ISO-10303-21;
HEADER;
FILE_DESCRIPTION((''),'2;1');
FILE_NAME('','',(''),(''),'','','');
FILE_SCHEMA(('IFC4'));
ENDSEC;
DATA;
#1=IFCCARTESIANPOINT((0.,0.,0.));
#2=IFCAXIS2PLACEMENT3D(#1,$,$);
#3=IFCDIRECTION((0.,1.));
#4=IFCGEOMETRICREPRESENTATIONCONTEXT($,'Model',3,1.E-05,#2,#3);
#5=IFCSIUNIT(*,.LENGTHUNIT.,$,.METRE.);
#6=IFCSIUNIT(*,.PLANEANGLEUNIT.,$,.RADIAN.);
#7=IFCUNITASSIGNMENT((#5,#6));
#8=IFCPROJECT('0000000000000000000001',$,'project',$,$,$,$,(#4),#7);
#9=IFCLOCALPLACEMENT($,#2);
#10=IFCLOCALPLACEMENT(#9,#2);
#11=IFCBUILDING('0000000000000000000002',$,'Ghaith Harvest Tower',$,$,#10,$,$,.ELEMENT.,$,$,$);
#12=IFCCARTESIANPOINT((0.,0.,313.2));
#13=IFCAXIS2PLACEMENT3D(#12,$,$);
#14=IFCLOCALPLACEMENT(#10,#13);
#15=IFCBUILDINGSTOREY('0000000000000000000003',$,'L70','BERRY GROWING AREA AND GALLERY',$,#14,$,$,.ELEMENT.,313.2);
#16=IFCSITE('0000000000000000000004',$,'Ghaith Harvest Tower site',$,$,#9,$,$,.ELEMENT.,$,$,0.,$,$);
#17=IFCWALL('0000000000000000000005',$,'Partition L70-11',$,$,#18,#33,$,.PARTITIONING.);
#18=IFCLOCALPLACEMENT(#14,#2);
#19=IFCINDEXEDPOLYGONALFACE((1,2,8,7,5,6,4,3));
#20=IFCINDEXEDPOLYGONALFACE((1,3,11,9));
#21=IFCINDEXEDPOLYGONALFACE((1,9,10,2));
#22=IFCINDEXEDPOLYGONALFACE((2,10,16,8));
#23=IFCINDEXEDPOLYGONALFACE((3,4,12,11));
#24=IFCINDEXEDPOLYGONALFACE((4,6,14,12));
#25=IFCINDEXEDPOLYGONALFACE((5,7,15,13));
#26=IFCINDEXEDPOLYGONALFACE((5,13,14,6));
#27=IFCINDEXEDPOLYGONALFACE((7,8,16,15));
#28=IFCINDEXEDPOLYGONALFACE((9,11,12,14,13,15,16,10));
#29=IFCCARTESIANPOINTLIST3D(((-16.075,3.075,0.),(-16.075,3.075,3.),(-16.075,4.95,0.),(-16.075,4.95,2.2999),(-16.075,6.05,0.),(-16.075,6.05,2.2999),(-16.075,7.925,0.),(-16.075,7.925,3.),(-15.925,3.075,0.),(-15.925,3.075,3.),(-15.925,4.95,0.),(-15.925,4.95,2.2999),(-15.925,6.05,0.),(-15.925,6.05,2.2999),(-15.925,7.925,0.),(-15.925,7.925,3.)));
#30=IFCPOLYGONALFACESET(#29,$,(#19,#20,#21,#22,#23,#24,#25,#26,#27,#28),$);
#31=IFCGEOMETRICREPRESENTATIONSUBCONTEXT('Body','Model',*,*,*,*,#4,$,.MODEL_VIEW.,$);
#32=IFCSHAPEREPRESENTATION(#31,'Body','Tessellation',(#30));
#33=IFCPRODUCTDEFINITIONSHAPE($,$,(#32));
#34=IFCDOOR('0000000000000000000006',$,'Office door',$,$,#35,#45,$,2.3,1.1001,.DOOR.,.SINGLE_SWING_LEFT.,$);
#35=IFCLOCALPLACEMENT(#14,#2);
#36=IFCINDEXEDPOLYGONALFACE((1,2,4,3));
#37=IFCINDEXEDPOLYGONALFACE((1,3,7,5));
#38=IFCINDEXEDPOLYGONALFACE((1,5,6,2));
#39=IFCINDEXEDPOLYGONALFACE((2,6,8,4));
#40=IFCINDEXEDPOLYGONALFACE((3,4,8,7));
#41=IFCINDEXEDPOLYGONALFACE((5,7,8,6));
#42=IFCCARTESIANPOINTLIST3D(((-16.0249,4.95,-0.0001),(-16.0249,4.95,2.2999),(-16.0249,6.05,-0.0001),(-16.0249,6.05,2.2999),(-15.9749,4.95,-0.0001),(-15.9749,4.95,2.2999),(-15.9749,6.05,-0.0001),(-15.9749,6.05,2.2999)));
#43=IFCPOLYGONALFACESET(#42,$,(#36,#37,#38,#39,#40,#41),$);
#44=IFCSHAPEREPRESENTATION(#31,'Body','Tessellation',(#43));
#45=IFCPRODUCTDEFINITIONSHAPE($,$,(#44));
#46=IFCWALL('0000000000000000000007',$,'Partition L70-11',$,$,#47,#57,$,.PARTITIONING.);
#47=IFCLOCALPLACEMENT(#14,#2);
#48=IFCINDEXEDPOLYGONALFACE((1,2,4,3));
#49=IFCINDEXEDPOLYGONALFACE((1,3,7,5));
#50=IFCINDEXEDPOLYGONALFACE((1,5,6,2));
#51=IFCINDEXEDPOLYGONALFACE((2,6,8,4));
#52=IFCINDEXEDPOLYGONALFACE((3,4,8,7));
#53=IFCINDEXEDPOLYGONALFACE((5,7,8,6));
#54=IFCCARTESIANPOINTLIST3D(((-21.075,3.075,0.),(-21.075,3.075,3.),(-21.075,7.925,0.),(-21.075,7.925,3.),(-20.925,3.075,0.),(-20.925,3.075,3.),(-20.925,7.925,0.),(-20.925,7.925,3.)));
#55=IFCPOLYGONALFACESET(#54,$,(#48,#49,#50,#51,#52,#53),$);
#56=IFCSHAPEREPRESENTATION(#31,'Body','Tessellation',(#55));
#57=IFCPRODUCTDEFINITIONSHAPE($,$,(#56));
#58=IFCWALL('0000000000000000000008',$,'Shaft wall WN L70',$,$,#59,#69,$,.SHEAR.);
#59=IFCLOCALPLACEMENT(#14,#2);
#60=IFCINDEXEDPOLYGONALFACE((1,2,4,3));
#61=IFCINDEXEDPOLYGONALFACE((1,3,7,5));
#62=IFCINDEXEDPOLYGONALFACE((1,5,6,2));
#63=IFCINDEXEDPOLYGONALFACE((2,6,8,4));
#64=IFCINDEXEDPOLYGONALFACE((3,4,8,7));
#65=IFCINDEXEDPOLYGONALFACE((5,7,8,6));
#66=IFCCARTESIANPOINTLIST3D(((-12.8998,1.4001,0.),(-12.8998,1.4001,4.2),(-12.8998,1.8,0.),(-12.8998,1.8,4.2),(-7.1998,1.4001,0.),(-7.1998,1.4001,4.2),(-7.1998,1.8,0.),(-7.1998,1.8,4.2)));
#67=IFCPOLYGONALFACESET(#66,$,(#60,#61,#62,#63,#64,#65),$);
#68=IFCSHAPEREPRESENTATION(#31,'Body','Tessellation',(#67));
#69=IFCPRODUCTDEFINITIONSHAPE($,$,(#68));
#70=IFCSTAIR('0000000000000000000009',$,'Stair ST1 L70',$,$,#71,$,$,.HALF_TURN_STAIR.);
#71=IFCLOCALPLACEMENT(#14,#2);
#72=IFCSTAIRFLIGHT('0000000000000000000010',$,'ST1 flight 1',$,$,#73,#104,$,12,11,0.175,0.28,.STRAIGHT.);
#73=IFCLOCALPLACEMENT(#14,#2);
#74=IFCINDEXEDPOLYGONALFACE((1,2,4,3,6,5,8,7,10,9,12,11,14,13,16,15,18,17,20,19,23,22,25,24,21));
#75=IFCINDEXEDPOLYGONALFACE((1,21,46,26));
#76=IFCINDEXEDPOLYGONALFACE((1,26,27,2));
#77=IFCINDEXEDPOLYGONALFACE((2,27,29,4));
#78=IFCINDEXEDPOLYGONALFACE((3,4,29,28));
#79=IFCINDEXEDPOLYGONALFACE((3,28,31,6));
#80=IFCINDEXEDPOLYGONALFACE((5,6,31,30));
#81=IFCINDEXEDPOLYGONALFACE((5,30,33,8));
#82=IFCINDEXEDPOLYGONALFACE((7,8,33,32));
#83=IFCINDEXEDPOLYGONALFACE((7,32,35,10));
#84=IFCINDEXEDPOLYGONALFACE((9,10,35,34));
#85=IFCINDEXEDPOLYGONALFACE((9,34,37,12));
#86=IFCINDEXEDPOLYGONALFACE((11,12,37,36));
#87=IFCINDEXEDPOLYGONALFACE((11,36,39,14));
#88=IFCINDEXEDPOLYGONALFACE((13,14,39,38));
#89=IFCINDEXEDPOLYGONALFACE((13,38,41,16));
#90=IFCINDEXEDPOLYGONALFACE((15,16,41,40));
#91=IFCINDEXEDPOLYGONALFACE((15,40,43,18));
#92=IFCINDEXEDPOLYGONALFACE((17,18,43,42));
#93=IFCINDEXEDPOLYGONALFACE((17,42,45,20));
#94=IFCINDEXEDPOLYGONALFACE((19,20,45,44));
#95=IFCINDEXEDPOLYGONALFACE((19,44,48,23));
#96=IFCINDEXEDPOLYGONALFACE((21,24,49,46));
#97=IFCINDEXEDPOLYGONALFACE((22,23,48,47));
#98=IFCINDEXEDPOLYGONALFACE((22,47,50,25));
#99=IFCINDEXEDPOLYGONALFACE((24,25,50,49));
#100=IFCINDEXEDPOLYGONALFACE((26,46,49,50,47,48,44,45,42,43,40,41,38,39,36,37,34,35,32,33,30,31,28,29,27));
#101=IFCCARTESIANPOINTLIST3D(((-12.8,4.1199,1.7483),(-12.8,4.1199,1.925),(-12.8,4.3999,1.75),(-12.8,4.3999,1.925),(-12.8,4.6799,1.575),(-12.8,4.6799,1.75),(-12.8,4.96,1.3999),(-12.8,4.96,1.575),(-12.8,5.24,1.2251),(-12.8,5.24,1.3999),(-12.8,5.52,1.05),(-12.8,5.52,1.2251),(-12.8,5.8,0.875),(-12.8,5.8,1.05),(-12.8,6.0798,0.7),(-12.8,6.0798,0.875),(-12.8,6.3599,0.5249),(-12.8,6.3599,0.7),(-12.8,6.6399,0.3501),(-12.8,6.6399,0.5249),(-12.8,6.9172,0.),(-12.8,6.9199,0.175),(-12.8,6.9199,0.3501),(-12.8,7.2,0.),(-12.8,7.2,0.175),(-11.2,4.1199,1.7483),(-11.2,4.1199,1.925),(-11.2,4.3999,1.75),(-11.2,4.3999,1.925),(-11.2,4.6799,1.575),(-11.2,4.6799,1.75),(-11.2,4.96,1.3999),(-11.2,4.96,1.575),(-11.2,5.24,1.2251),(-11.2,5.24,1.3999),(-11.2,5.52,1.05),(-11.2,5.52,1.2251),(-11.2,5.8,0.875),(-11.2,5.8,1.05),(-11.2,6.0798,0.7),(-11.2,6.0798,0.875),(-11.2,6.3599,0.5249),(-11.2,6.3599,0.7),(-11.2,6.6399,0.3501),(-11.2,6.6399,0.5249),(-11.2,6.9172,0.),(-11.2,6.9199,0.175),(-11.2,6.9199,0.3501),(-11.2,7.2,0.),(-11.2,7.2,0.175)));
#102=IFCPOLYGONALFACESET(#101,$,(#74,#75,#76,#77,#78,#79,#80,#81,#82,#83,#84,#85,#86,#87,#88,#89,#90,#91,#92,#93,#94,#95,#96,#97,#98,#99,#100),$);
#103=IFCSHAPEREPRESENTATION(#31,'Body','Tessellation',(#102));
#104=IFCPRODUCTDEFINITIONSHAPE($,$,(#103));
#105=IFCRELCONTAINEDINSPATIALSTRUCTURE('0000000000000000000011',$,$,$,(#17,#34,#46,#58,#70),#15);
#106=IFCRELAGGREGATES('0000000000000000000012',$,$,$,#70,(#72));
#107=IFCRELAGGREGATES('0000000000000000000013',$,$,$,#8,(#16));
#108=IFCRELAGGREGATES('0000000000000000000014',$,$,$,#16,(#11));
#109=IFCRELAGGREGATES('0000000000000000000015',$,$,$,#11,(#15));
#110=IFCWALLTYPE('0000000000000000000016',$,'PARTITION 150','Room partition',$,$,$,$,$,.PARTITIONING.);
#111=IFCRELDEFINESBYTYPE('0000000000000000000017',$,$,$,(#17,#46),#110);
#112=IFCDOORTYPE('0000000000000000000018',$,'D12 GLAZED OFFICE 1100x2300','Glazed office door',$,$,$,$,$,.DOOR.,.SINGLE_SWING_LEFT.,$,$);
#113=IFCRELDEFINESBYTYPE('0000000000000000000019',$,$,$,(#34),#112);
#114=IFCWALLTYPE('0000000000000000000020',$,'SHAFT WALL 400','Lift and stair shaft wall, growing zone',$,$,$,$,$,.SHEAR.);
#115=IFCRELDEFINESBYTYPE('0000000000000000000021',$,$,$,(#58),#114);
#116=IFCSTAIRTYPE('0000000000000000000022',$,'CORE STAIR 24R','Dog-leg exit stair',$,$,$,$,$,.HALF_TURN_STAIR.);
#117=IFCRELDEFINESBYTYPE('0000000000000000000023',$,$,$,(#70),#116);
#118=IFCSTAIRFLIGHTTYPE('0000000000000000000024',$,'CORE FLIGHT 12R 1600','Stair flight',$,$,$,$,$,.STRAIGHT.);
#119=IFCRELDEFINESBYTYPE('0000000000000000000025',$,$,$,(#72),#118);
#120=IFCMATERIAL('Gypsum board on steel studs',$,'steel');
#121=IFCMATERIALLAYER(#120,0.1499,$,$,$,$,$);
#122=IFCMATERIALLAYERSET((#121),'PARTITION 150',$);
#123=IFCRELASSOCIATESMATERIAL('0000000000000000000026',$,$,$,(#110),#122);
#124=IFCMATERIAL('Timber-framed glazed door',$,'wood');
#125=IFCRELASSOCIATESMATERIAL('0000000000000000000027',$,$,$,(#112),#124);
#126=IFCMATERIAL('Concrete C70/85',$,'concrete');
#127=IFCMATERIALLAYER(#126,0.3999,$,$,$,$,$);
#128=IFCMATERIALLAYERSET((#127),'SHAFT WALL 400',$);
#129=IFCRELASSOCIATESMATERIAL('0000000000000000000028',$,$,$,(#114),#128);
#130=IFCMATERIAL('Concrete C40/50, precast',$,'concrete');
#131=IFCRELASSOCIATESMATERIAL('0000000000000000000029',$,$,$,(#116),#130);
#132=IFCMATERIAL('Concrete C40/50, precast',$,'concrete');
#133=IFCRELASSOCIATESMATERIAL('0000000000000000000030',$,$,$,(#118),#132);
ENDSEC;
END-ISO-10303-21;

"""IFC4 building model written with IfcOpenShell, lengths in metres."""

from ifc_helpers import new_model, si_unit, direction, frame, frame_2d, origin, place, context, subcontext, project, spatial, polyline, rectangle, outline, extrude, material, layer, layer_set, type_object, element, fill, aggregate, save


model = new_model("IFC4")

# Units and contexts
model_context = context("Model", 3, precision=1e-05, world=origin(), true_north=direction((0.0, 1.0)))
body_context = subcontext(model_context, "Body", "Model", "MODEL_VIEW")
ifc_project = project(units=[si_unit("LENGTHUNIT", "METRE"), si_unit("PLANEANGLEUNIT", "RADIAN")], contexts=[model_context])

# Site, building, storey
site_placement = place(None, origin())
site = spatial("IfcSite", under=ifc_project, at=site_placement, Name="Ghaith Harvest Tower site", CompositionType="ELEMENT", RefElevation=0.0)
building_placement = place(site_placement, origin())
building = spatial("IfcBuilding", under=site, at=building_placement, Name="Ghaith Harvest Tower", CompositionType="ELEMENT")
storey_placement = place(building_placement, frame((0.0, 0.0, 313.2)))
storey = spatial("IfcBuildingStorey", under=building, at=storey_placement, Name="L70", Description="BERRY GROWING AREA AND GALLERY", CompositionType="ELEMENT", Elevation=313.2)

# Shared definitions
ifc_material_1 = material(Name="Gypsum board on steel studs", Category="steel")
ifc_layer_1 = layer(ifc_material_1, 0.1499)
ifc_layer_set_1 = layer_set([ifc_layer_1], Name="PARTITION 150")
wall_type_1 = type_object("IfcWallType", Name="PARTITION 150", Description="Room partition", PredefinedType="PARTITIONING", material=ifc_layer_set_1)

# Wall, opening, door
wall_1_placement = place(storey_placement, frame((-16.0, 3.075, 0.0), z_axis=(0.0, 0.0, 1.0), x_axis=(0.0, 1.0, 0.0)))
wall_1 = element("IfcWall", 1, at=wall_1_placement, inside=storey, type_object=wall_type_1, Name="Partition L70-11", PredefinedType="PARTITIONING", context=body_context, shape_type="SweptSolid", body=[
    extrude(rectangle(XDim=4.8501, YDim=0.1499, at=frame_2d((2.425, 0.0))), origin(), (0.0, 0.0, 1.0), 3.0),
])
opening_placement = place(wall_1_placement, frame((1.875, 0.0, 0.0)))
opening = element("IfcOpeningElement", 2, at=opening_placement, cuts=wall_1, PredefinedType="OPENING", context=body_context, shape_type="SweptSolid", body=[
    extrude(rectangle(XDim=1.1001, YDim=2.3, at=frame_2d((0.55, 1.1499))), frame((0.0, 0.085, 0.0), z_axis=(0.0, -1.0, 0.0), x_axis=(1.0, 0.0, 0.0)), (0.0, 0.0, 1.0), 0.1699),
])
ifc_material_2 = material(Name="Timber-framed glazed door", Category="wood")
door_type = type_object("IfcDoorType", Name="D12 GLAZED OFFICE 1100x2300", Description="Glazed office door", OperationType="SINGLE_SWING_LEFT", PredefinedType="DOOR", material=ifc_material_2)
door_placement = place(opening_placement, origin())
door = element("IfcDoor", 3, at=door_placement, inside=storey, type_object=door_type, Name="Office door", OperationType="SINGLE_SWING_LEFT", OverallHeight=2.3, OverallWidth=1.1001, PredefinedType="DOOR", context=body_context, shape_type="SweptSolid", body=[
    extrude(rectangle(XDim=1.1001, YDim=2.3, at=frame_2d((0.55, 1.1499))), frame((0.0, 0.0249, 0.0), z_axis=(0.0, -1.0, 0.0), x_axis=(1.0, 0.0, 0.0)), (0.0, 0.0, 1.0), 0.05),
])
fill(opening, door)

# Walls
wall_2_placement = place(storey_placement, frame((-21.0, 3.075, 0.0), z_axis=(0.0, 0.0, 1.0), x_axis=(0.0, 1.0, 0.0)))
element("IfcWall", 4, at=wall_2_placement, inside=storey, type_object=wall_type_1, Name="Partition L70-11", PredefinedType="PARTITIONING", context=body_context, shape_type="SweptSolid", body=[
    extrude(rectangle(XDim=4.8501, YDim=0.1499, at=frame_2d((2.425, 0.0))), origin(), (0.0, 0.0, 1.0), 3.0),
])
ifc_material_3 = material(Name="Concrete C70/85", Category="concrete")
ifc_layer_2 = layer(ifc_material_3, 0.3999)
ifc_layer_set_2 = layer_set([ifc_layer_2], Name="SHAFT WALL 400")
wall_type_2 = type_object("IfcWallType", Name="SHAFT WALL 400", Description="Lift and stair shaft wall, growing zone", PredefinedType="SHEAR", material=ifc_layer_set_2)
wall_3_placement = place(storey_placement, frame((-12.8999, 1.6001, 0.0), z_axis=(0.0, 0.0, 1.0), x_axis=(1.0, 0.0, 0.0)))
element("IfcWall", 5, at=wall_3_placement, inside=storey, type_object=wall_type_2, Name="Shaft wall WN L70", PredefinedType="SHEAR", context=body_context, shape_type="SweptSolid", body=[
    extrude(rectangle(XDim=5.7, YDim=0.3999, at=frame_2d((2.8501, 0.0))), origin(), (0.0, 0.0, 1.0), 4.2),
])

# Stair, stair flight
ifc_material_4 = material(Name="Concrete C40/50, precast", Category="concrete")
stair_type = type_object("IfcStairType", Name="CORE STAIR 24R", Description="Dog-leg exit stair", PredefinedType="HALF_TURN_STAIR", material=ifc_material_4)
stair_placement = place(storey_placement, origin())
stair = element("IfcStair", 6, at=stair_placement, inside=storey, type_object=stair_type, Name="Stair ST1 L70", PredefinedType="HALF_TURN_STAIR")
ifc_material_5 = material(Name="Concrete C40/50, precast", Category="concrete")
stair_flight_type = type_object("IfcStairFlightType", Name="CORE FLIGHT 12R 1600", Description="Stair flight", PredefinedType="STRAIGHT", material=ifc_material_5)
stair_flight_placement = place(storey_placement, frame((-12.0, 7.2, 0.0), z_axis=(0.0, 0.0, 1.0), x_axis=(0.0, -1.0, 0.0)))
stair_flight = element("IfcStairFlight", 7, at=stair_flight_placement, type_object=stair_flight_type, Name="ST1 flight 1", NumberOfRisers=12, NumberOfTreads=11, PredefinedType="STRAIGHT", RiserHeight=0.175, TreadLength=0.28, context=body_context, shape_type="SweptSolid", body=[
    extrude(outline(polyline([(0.0, 0.0), (0.0, 0.175), (0.28, 0.175), (0.28, 0.3501), (0.5601, 0.3501), (0.5601, 0.5249), (0.8401, 0.5249), (0.8401, 0.7), (1.1201, 0.7), (1.1201, 0.875), (1.3999, 0.875), (1.3999, 1.05), (1.6799, 1.05), (1.6799, 1.2251), (1.96, 1.2251), (1.96, 1.3999), (2.24, 1.3999), (2.24, 1.575), (2.52, 1.575), (2.52, 1.75), (2.8, 1.75), (2.8, 1.925), (3.0801, 1.925), (3.0801, 2.1001), (3.0801, 1.7483), (0.2827, 0.0), (0.0, 0.0)])), frame((0.0, 0.8, 0.0), z_axis=(0.0, -1.0, 0.0), x_axis=(1.0, 0.0, 0.0)), (0.0, 0.0, 1.0), 1.6001),
])
aggregate(stair, [stair_flight])

save(model, "model.ifc")
